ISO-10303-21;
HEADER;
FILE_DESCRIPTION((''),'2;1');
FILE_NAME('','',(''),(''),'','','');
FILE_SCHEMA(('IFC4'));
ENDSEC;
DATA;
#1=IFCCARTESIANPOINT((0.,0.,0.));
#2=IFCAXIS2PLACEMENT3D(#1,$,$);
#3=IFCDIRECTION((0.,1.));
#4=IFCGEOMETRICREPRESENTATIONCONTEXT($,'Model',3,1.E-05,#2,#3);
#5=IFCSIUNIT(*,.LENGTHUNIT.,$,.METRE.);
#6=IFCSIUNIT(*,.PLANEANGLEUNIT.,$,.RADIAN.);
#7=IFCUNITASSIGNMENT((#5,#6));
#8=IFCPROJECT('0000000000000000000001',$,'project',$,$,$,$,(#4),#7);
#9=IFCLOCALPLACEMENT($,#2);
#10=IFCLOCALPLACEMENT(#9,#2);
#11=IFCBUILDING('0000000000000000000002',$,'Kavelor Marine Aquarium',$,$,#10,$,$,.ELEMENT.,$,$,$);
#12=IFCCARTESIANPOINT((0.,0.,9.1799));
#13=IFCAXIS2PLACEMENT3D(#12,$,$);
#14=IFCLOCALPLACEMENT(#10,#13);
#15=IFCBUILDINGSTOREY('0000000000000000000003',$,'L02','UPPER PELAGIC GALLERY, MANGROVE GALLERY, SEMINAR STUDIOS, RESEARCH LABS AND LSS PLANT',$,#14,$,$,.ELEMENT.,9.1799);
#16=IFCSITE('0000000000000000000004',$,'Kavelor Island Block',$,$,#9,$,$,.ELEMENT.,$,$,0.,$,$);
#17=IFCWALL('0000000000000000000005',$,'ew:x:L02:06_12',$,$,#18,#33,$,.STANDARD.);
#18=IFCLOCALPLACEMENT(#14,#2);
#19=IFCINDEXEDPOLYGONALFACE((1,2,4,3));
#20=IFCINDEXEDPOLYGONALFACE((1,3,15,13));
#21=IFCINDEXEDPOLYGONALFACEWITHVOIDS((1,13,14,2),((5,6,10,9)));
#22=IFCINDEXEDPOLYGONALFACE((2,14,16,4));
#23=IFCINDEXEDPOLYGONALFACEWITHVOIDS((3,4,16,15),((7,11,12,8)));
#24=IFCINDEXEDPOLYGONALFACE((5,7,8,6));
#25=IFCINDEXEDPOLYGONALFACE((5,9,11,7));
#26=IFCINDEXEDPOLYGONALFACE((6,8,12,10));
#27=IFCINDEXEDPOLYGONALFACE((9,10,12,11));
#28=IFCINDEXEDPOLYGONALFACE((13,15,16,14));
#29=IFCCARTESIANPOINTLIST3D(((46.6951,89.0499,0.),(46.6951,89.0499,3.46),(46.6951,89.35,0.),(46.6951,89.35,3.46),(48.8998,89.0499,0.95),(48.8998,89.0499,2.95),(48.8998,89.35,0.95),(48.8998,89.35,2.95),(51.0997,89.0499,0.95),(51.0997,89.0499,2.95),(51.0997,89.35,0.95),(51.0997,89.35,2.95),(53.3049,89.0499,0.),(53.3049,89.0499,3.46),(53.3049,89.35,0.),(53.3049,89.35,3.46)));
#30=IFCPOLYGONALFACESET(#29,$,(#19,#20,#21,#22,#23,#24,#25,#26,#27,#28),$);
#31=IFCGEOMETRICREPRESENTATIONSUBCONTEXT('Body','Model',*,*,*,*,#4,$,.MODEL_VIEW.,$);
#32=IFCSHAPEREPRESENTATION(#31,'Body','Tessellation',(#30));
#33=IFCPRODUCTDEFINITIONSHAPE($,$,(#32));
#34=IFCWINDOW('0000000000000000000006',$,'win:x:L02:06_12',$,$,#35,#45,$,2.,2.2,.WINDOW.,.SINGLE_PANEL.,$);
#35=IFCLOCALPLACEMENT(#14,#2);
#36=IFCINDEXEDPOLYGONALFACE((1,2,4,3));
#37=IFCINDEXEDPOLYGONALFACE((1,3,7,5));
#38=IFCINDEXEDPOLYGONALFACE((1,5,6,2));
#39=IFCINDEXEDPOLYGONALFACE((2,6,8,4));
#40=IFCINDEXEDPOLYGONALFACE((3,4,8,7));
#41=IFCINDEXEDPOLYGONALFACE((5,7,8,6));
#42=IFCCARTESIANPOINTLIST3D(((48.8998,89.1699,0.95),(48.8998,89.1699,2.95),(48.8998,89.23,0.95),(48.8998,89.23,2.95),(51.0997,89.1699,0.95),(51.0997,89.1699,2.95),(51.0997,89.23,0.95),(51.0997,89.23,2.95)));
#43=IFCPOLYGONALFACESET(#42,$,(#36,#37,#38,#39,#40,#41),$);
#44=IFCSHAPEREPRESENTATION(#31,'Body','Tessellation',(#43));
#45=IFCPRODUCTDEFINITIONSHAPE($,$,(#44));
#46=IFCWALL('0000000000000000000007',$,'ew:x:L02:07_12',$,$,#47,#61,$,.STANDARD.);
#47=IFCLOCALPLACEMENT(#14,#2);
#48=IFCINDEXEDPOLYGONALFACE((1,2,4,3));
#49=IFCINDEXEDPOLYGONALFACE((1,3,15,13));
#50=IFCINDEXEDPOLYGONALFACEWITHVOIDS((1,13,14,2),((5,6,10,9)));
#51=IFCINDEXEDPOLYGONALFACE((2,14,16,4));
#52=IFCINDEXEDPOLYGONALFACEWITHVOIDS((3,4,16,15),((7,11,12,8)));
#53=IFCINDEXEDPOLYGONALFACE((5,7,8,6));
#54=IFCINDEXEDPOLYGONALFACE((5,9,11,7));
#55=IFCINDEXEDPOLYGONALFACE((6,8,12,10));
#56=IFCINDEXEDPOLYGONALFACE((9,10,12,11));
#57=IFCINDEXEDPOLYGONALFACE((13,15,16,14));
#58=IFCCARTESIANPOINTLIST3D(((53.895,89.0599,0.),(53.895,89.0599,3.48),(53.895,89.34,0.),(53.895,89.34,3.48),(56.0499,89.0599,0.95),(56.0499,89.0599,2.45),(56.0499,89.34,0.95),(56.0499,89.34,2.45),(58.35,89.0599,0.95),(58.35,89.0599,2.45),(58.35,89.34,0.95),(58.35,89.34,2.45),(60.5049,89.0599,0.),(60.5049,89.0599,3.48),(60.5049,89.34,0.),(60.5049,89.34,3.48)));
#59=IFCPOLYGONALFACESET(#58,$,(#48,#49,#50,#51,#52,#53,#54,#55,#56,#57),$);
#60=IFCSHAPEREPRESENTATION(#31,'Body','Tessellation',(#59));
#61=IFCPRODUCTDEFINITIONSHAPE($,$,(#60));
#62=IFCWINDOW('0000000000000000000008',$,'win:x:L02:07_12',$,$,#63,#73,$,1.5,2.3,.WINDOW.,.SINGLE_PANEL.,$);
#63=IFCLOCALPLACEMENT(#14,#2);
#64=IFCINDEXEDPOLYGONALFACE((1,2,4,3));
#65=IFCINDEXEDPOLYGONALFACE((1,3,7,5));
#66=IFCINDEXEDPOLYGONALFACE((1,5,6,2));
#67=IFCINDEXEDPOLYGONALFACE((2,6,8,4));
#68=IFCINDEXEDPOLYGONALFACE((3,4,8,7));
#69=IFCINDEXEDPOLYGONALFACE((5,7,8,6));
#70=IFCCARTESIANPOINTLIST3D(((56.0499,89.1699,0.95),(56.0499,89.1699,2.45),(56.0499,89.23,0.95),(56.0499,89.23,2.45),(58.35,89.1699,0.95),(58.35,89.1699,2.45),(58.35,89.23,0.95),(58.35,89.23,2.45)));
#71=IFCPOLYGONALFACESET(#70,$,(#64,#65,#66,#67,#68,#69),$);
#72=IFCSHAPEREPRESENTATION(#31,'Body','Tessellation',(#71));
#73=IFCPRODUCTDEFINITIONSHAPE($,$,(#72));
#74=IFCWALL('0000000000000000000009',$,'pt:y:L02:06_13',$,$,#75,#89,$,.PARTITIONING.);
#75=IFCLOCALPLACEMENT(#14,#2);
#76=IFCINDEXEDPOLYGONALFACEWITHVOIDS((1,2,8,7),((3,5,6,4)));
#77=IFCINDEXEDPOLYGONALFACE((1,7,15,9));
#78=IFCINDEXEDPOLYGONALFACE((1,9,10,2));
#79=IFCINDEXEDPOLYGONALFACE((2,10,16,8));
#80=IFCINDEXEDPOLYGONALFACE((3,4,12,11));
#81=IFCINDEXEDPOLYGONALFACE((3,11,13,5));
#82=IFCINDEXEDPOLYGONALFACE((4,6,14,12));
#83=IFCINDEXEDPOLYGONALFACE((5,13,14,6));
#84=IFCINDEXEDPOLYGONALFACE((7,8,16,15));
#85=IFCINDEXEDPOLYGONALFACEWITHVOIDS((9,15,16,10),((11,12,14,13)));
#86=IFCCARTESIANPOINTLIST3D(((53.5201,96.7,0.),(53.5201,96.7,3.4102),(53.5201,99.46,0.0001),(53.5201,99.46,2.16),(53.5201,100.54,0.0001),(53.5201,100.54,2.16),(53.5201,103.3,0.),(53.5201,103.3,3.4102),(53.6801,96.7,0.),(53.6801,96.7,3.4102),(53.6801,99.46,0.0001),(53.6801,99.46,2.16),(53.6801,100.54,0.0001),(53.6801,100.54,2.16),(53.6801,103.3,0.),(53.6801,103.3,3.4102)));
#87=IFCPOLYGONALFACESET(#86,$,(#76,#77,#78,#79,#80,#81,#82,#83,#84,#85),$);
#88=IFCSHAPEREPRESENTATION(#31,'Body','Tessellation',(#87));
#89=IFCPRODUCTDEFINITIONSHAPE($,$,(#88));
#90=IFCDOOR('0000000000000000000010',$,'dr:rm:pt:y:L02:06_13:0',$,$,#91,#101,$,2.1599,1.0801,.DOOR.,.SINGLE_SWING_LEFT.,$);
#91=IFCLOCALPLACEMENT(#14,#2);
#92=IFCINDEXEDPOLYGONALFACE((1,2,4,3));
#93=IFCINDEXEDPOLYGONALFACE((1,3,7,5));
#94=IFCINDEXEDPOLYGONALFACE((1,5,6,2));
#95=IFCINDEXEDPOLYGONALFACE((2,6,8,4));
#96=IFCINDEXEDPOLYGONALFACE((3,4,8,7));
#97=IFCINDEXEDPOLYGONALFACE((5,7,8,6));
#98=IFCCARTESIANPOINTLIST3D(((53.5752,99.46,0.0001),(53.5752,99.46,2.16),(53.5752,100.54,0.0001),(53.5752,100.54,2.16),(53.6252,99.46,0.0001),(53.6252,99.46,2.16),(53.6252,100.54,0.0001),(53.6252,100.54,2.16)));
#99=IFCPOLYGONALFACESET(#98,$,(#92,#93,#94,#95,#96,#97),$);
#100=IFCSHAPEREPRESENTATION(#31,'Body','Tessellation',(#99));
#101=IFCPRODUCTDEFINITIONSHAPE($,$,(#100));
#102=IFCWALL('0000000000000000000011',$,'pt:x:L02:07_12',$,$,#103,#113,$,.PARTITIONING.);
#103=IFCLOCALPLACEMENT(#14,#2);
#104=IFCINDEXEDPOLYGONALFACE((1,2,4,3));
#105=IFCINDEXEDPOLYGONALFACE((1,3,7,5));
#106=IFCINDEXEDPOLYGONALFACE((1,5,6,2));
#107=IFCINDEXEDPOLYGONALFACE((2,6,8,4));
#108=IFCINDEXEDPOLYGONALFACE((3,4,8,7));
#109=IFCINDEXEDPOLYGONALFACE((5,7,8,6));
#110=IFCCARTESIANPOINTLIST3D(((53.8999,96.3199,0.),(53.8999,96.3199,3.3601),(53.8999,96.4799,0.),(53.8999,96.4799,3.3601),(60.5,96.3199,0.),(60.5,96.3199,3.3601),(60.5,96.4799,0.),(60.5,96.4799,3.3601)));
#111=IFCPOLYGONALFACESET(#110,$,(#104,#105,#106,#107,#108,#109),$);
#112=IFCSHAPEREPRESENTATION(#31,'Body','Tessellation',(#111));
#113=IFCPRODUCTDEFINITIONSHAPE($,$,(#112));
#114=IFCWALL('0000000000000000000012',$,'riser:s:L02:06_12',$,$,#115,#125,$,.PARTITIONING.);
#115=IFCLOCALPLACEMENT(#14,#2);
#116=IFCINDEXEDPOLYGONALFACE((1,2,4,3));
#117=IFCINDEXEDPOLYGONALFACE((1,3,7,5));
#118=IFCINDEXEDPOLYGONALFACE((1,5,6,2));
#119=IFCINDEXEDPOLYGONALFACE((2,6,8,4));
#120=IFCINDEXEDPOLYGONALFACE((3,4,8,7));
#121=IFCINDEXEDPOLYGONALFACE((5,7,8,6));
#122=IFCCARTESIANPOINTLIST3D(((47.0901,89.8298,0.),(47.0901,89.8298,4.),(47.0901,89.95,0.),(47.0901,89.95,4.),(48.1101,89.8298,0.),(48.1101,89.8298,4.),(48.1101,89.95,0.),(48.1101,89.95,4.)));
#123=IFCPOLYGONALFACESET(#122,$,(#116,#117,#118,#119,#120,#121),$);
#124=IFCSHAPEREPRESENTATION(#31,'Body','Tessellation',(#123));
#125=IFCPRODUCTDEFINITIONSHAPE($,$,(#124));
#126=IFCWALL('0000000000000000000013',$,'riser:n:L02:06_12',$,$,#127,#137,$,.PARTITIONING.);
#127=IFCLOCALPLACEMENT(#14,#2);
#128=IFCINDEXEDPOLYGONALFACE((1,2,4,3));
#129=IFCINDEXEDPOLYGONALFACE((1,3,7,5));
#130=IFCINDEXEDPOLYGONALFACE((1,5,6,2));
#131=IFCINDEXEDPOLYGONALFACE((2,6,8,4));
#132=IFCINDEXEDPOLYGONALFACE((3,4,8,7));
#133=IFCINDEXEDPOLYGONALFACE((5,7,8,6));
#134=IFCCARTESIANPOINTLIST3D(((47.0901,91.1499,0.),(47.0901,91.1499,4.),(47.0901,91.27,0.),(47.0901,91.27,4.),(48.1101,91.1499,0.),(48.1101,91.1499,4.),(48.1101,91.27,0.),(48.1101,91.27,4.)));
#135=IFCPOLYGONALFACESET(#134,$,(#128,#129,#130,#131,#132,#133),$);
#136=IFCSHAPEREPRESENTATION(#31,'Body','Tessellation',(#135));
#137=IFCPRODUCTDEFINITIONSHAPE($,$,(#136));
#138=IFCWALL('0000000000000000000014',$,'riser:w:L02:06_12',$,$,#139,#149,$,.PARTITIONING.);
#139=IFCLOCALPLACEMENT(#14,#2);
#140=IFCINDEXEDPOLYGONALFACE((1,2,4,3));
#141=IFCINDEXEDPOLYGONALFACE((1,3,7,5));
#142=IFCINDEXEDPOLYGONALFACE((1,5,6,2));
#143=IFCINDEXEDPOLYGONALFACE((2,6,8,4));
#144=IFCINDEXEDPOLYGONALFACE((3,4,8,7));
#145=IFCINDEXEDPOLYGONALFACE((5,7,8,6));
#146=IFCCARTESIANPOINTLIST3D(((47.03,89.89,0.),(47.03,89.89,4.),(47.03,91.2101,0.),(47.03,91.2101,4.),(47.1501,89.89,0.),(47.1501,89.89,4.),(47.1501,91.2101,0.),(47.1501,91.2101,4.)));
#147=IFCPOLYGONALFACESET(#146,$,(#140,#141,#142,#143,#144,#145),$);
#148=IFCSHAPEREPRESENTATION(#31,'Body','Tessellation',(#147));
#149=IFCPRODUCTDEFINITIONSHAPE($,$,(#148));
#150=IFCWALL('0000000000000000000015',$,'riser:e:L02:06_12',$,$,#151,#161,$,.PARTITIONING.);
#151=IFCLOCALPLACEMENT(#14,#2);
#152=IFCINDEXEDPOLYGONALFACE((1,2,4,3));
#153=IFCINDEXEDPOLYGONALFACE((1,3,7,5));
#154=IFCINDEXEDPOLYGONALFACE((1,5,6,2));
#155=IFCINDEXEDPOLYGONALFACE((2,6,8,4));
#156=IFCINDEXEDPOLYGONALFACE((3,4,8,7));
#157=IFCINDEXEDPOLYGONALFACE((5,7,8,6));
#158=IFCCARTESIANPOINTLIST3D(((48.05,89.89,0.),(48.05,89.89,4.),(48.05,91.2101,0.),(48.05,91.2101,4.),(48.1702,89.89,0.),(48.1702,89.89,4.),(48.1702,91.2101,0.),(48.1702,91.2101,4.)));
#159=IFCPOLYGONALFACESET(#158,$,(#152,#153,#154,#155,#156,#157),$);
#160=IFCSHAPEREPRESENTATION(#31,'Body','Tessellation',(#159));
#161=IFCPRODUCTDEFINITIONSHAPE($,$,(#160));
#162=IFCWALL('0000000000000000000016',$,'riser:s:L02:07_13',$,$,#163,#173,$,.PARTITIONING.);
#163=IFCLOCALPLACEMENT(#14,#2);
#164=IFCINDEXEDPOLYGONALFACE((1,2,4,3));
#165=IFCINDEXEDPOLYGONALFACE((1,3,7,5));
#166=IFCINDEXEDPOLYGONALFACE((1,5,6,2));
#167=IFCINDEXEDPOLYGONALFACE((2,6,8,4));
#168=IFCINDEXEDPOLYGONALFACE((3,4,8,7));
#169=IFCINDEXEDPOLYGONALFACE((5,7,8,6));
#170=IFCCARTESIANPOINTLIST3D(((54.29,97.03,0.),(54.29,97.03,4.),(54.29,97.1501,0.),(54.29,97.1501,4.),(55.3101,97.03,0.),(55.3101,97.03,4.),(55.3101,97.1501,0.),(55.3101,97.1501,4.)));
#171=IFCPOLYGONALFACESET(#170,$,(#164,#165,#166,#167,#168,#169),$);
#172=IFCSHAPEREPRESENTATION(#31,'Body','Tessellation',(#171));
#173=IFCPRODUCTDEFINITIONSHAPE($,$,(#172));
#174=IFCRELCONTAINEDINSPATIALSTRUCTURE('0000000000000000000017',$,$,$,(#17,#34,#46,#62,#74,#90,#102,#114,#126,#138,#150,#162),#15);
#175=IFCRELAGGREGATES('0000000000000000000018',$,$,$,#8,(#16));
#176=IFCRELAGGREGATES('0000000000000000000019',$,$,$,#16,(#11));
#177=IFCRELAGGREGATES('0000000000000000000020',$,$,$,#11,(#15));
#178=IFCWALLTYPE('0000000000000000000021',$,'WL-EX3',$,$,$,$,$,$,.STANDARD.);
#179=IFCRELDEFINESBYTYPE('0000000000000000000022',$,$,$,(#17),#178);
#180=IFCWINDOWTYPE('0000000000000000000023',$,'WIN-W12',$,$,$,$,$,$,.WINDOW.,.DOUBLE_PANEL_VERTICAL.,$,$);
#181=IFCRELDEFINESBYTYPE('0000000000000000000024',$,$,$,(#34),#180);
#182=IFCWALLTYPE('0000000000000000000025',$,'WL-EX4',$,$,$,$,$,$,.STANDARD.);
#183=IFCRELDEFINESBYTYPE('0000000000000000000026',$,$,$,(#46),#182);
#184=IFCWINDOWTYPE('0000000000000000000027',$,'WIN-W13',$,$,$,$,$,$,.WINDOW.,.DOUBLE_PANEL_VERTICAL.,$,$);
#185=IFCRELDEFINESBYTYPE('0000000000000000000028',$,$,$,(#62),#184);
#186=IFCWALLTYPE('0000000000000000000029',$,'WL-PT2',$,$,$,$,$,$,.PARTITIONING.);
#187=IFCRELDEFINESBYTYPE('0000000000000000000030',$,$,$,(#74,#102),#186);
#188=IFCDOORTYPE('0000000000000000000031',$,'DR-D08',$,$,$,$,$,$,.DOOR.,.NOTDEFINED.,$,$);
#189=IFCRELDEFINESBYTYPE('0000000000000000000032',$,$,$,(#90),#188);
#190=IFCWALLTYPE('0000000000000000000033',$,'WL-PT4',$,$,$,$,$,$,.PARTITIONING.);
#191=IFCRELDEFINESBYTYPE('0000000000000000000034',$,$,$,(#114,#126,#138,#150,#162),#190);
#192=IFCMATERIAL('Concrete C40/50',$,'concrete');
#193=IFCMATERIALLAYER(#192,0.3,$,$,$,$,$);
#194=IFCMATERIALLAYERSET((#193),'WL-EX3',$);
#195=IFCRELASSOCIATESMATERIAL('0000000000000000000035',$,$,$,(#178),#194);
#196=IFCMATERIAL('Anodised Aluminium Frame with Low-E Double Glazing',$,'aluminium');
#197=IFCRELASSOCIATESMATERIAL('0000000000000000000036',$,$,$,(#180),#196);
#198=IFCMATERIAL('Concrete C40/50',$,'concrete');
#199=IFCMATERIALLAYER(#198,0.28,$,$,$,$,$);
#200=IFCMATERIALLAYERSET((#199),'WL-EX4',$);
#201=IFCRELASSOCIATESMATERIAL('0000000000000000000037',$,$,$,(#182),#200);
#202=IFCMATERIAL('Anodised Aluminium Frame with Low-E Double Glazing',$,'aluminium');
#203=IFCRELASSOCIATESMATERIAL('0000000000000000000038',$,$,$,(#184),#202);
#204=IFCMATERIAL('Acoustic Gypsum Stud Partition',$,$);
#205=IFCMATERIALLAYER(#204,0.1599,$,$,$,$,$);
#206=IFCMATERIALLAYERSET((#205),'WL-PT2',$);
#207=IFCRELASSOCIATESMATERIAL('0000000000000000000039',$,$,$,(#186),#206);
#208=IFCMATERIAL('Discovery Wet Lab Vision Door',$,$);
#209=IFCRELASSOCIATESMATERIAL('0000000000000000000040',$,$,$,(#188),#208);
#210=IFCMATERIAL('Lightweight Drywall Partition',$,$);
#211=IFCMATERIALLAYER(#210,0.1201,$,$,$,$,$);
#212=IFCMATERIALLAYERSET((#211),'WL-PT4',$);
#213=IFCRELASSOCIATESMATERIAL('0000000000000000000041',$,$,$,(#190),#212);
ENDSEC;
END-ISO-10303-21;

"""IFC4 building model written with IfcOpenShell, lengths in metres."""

from ifc_helpers import new_model, si_unit, direction, frame, frame_2d, origin, place, context, subcontext, project, spatial, rectangle, extrude, material, layer, layer_set, type_object, element, fill, save


model = new_model("IFC4")

# Units and contexts
model_context = context("Model", 3, precision=1e-05, world=origin(), true_north=direction((0.0, 1.0)))
body_context = subcontext(model_context, "Body", "Model", "MODEL_VIEW")
ifc_project = project(units=[si_unit("LENGTHUNIT", "METRE"), si_unit("PLANEANGLEUNIT", "RADIAN")], contexts=[model_context])

# Site, building, storey
site_placement = place(None, origin())
site = spatial("IfcSite", under=ifc_project, at=site_placement, Name="Kavelor Island Block", CompositionType="ELEMENT", RefElevation=0.0)
building_placement = place(site_placement, origin())
building = spatial("IfcBuilding", under=site, at=building_placement, Name="Kavelor Marine Aquarium", CompositionType="ELEMENT")
storey_placement = place(building_placement, frame((0.0, 0.0, 9.1799)))
storey = spatial("IfcBuildingStorey", under=building, at=storey_placement, Name="L02", Description="UPPER PELAGIC GALLERY, MANGROVE GALLERY, SEMINAR STUDIOS, RESEARCH LABS AND LSS PLANT", CompositionType="ELEMENT", Elevation=9.1799)

# Walls, openings, windows
ifc_material_1 = material(Name="Concrete C40/50", Category="concrete")
ifc_layer_1 = layer(ifc_material_1, 0.3)
ifc_layer_set_1 = layer_set([ifc_layer_1], Name="WL-EX3")
wall_type_1 = type_object("IfcWallType", Name="WL-EX3", PredefinedType="STANDARD", material=ifc_layer_set_1)
wall_1_placement = place(storey_placement, frame((53.3049, 89.2, 0.0), z_axis=(0.0, 0.0, 1.0), x_axis=(-1.0, 0.0, 0.0)))
wall_1 = element("IfcWall", 1, at=wall_1_placement, inside=storey, type_object=wall_type_1, Name="ew:x:L02:06_12", PredefinedType="STANDARD", context=body_context, shape_type="SweptSolid", body=[
    extrude(rectangle(XDim=6.6099, YDim=0.3, at=frame_2d((3.3049, 0.0))), origin(), (0.0, 0.0, 1.0), 3.46),
])
opening_1_placement = place(wall_1_placement, frame((2.2051, 0.0, 0.95)))
opening_1 = element("IfcOpeningElement", 2, at=opening_1_placement, cuts=wall_1, PredefinedType="OPENING", context=body_context, shape_type="SweptSolid", body=[
    extrude(rectangle(XDim=2.2, YDim=2.0, at=frame_2d((1.1001, 1.0))), frame((0.0, 0.1599, 0.0), z_axis=(0.0, -1.0, 0.0), x_axis=(1.0, 0.0, 0.0)), (0.0, 0.0, 1.0), 0.32),
])
ifc_material_2 = material(Name="Anodised Aluminium Frame with Low-E Double Glazing", Category="aluminium")
window_type_1 = type_object("IfcWindowType", Name="WIN-W12", PartitioningType="DOUBLE_PANEL_VERTICAL", PredefinedType="WINDOW", material=ifc_material_2)
window_1_placement = place(opening_1_placement, origin())
window_1 = element("IfcWindow", 3, at=window_1_placement, inside=storey, type_object=window_type_1, Name="win:x:L02:06_12", OverallHeight=2.0, OverallWidth=2.2, PartitioningType="SINGLE_PANEL", PredefinedType="WINDOW", context=body_context, shape_type="SweptSolid", body=[
    extrude(rectangle(XDim=2.2, YDim=2.0, at=frame_2d((1.1001, 1.0))), frame((0.0, 0.03, 0.0), z_axis=(0.0, -1.0, 0.0), x_axis=(1.0, 0.0, 0.0)), (0.0, 0.0, 1.0), 0.0601),
])
fill(opening_1, window_1)
ifc_material_3 = material(Name="Concrete C40/50", Category="concrete")
ifc_layer_2 = layer(ifc_material_3, 0.28)
ifc_layer_set_2 = layer_set([ifc_layer_2], Name="WL-EX4")
wall_type_2 = type_object("IfcWallType", Name="WL-EX4", PredefinedType="STANDARD", material=ifc_layer_set_2)
wall_2_placement = place(storey_placement, frame((60.5049, 89.2, 0.0), z_axis=(0.0, 0.0, 1.0), x_axis=(-1.0, 0.0, 0.0)))
wall_2 = element("IfcWall", 4, at=wall_2_placement, inside=storey, type_object=wall_type_2, Name="ew:x:L02:07_12", PredefinedType="STANDARD", context=body_context, shape_type="SweptSolid", body=[
    extrude(rectangle(XDim=6.6099, YDim=0.28, at=frame_2d((3.3049, 0.0))), origin(), (0.0, 0.0, 1.0), 3.48),
])
opening_2_placement = place(wall_2_placement, frame((2.155, 0.0, 0.95)))
opening_2 = element("IfcOpeningElement", 5, at=opening_2_placement, cuts=wall_2, PredefinedType="OPENING", context=body_context, shape_type="SweptSolid", body=[
    extrude(rectangle(XDim=2.3, YDim=1.5, at=frame_2d((1.1499, 0.75))), frame((0.0, 0.1499, 0.0), z_axis=(0.0, -1.0, 0.0), x_axis=(1.0, 0.0, 0.0)), (0.0, 0.0, 1.0), 0.3),
])
ifc_material_4 = material(Name="Anodised Aluminium Frame with Low-E Double Glazing", Category="aluminium")
window_type_2 = type_object("IfcWindowType", Name="WIN-W13", PartitioningType="DOUBLE_PANEL_VERTICAL", PredefinedType="WINDOW", material=ifc_material_4)
window_2_placement = place(opening_2_placement, origin())
window_2 = element("IfcWindow", 6, at=window_2_placement, inside=storey, type_object=window_type_2, Name="win:x:L02:07_12", OverallHeight=1.5, OverallWidth=2.3, PartitioningType="SINGLE_PANEL", PredefinedType="WINDOW", context=body_context, shape_type="SweptSolid", body=[
    extrude(rectangle(XDim=2.3, YDim=1.5, at=frame_2d((1.1499, 0.75))), frame((0.0, 0.03, 0.0), z_axis=(0.0, -1.0, 0.0), x_axis=(1.0, 0.0, 0.0)), (0.0, 0.0, 1.0), 0.0601),
])
fill(opening_2, window_2)

# Wall, opening, door
ifc_material_5 = material(Name="Acoustic Gypsum Stud Partition")
ifc_layer_3 = layer(ifc_material_5, 0.1599)
ifc_layer_set_3 = layer_set([ifc_layer_3], Name="WL-PT2")
wall_type_3 = type_object("IfcWallType", Name="WL-PT2", PredefinedType="PARTITIONING", material=ifc_layer_set_3)
wall_3_placement = place(storey_placement, frame((53.6001, 96.7, 0.0), z_axis=(0.0, 0.0, 1.0), x_axis=(0.0, 1.0, 0.0)))
wall_3 = element("IfcWall", 7, at=wall_3_placement, inside=storey, type_object=wall_type_3, Name="pt:y:L02:06_13", PredefinedType="PARTITIONING", context=body_context, shape_type="SweptSolid", body=[
    extrude(rectangle(XDim=6.6001, YDim=0.1599, at=frame_2d((3.3, 0.0))), origin(), (0.0, 0.0, 1.0), 3.4102),
])
opening_3_placement = place(wall_3_placement, frame((2.76, 0.0, 0.0)))
opening_3 = element("IfcOpeningElement", 8, at=opening_3_placement, cuts=wall_3, PredefinedType="OPENING", context=body_context, shape_type="SweptSolid", body=[
    extrude(rectangle(XDim=1.0801, YDim=2.1599, at=frame_2d((0.54, 1.0801))), frame((0.0, 0.0898, 0.0), z_axis=(0.0, -1.0, 0.0), x_axis=(1.0, 0.0, 0.0)), (0.0, 0.0, 1.0), 0.1799),
])
ifc_material_6 = material(Name="Discovery Wet Lab Vision Door")
door_type = type_object("IfcDoorType", Name="DR-D08", OperationType="NOTDEFINED", PredefinedType="DOOR", material=ifc_material_6)
door_placement = place(opening_3_placement, origin())
door = element("IfcDoor", 9, at=door_placement, inside=storey, type_object=door_type, Name="dr:rm:pt:y:L02:06_13:0", OperationType="SINGLE_SWING_LEFT", OverallHeight=2.1599, OverallWidth=1.0801, PredefinedType="DOOR", context=body_context, shape_type="SweptSolid", body=[
    extrude(rectangle(XDim=1.0801, YDim=2.1599, at=frame_2d((0.54, 1.0801))), frame((0.0, 0.0249, 0.0), z_axis=(0.0, -1.0, 0.0), x_axis=(1.0, 0.0, 0.0)), (0.0, 0.0, 1.0), 0.05),
])
fill(opening_3, door)

# Walls
wall_4_placement = place(storey_placement, frame((53.8999, 96.3999, 0.0), z_axis=(0.0, 0.0, 1.0), x_axis=(1.0, 0.0, 0.0)))
element("IfcWall", 10, at=wall_4_placement, inside=storey, type_object=wall_type_3, Name="pt:x:L02:07_12", PredefinedType="PARTITIONING", context=body_context, shape_type="SweptSolid", body=[
    extrude(rectangle(XDim=6.6001, YDim=0.1599, at=frame_2d((3.3, 0.0))), origin(), (0.0, 0.0, 1.0), 3.3601),
])
ifc_material_7 = material(Name="Lightweight Drywall Partition")
ifc_layer_4 = layer(ifc_material_7, 0.1201)
ifc_layer_set_4 = layer_set([ifc_layer_4], Name="WL-PT4")
wall_type_4 = type_object("IfcWallType", Name="WL-PT4", PredefinedType="PARTITIONING", material=ifc_layer_set_4)
for number, where, z_axis, x_axis, name in (
    (11, (47.0901, 89.8899, 0.0), (0.0, 0.0, 1.0), (1.0, 0.0, 0.0), "riser:s:L02:06_12"),
    (12, (47.0901, 91.21, 0.0), (0.0, 0.0, 1.0), (1.0, 0.0, 0.0), "riser:n:L02:06_12"),
):
    element("IfcWall", number, at=place(storey_placement, frame(where, z_axis=z_axis, x_axis=x_axis)), inside=storey, type_object=wall_type_4, Name=name, PredefinedType="PARTITIONING", context=body_context, shape_type="SweptSolid", body=[
        extrude(rectangle(XDim=1.02, YDim=0.1201, at=frame_2d((0.51, 0.0))), origin(), (0.0, 0.0, 1.0), 4.0),
    ])
for number, where, z_axis, x_axis, name in (
    (13, (47.0901, 89.8899, 0.0), (0.0, 0.0, 1.0), (0.0, 1.0, 0.0), "riser:w:L02:06_12"),
    (14, (48.1101, 89.8899, 0.0), (0.0, 0.0, 1.0), (0.0, 1.0, 0.0), "riser:e:L02:06_12"),
):
    element("IfcWall", number, at=place(storey_placement, frame(where, z_axis=z_axis, x_axis=x_axis)), inside=storey, type_object=wall_type_4, Name=name, PredefinedType="PARTITIONING", context=body_context, shape_type="SweptSolid", body=[
        extrude(rectangle(XDim=1.3201, YDim=0.1201, at=frame_2d((0.6602, 0.0))), origin(), (0.0, 0.0, 1.0), 4.0),
    ])
for number, where, z_axis, x_axis, name in (
    (15, (54.29, 97.0901, 0.0), (0.0, 0.0, 1.0), (1.0, 0.0, 0.0), "riser:s:L02:07_13"),
):
    element("IfcWall", number, at=place(storey_placement, frame(where, z_axis=z_axis, x_axis=x_axis)), inside=storey, type_object=wall_type_4, Name=name, PredefinedType="PARTITIONING", context=body_context, shape_type="SweptSolid", body=[
        extrude(rectangle(XDim=1.02, YDim=0.1201, at=frame_2d((0.51, 0.0))), origin(), (0.0, 0.0, 1.0), 4.0),
    ])

save(model, "model.ifc")
